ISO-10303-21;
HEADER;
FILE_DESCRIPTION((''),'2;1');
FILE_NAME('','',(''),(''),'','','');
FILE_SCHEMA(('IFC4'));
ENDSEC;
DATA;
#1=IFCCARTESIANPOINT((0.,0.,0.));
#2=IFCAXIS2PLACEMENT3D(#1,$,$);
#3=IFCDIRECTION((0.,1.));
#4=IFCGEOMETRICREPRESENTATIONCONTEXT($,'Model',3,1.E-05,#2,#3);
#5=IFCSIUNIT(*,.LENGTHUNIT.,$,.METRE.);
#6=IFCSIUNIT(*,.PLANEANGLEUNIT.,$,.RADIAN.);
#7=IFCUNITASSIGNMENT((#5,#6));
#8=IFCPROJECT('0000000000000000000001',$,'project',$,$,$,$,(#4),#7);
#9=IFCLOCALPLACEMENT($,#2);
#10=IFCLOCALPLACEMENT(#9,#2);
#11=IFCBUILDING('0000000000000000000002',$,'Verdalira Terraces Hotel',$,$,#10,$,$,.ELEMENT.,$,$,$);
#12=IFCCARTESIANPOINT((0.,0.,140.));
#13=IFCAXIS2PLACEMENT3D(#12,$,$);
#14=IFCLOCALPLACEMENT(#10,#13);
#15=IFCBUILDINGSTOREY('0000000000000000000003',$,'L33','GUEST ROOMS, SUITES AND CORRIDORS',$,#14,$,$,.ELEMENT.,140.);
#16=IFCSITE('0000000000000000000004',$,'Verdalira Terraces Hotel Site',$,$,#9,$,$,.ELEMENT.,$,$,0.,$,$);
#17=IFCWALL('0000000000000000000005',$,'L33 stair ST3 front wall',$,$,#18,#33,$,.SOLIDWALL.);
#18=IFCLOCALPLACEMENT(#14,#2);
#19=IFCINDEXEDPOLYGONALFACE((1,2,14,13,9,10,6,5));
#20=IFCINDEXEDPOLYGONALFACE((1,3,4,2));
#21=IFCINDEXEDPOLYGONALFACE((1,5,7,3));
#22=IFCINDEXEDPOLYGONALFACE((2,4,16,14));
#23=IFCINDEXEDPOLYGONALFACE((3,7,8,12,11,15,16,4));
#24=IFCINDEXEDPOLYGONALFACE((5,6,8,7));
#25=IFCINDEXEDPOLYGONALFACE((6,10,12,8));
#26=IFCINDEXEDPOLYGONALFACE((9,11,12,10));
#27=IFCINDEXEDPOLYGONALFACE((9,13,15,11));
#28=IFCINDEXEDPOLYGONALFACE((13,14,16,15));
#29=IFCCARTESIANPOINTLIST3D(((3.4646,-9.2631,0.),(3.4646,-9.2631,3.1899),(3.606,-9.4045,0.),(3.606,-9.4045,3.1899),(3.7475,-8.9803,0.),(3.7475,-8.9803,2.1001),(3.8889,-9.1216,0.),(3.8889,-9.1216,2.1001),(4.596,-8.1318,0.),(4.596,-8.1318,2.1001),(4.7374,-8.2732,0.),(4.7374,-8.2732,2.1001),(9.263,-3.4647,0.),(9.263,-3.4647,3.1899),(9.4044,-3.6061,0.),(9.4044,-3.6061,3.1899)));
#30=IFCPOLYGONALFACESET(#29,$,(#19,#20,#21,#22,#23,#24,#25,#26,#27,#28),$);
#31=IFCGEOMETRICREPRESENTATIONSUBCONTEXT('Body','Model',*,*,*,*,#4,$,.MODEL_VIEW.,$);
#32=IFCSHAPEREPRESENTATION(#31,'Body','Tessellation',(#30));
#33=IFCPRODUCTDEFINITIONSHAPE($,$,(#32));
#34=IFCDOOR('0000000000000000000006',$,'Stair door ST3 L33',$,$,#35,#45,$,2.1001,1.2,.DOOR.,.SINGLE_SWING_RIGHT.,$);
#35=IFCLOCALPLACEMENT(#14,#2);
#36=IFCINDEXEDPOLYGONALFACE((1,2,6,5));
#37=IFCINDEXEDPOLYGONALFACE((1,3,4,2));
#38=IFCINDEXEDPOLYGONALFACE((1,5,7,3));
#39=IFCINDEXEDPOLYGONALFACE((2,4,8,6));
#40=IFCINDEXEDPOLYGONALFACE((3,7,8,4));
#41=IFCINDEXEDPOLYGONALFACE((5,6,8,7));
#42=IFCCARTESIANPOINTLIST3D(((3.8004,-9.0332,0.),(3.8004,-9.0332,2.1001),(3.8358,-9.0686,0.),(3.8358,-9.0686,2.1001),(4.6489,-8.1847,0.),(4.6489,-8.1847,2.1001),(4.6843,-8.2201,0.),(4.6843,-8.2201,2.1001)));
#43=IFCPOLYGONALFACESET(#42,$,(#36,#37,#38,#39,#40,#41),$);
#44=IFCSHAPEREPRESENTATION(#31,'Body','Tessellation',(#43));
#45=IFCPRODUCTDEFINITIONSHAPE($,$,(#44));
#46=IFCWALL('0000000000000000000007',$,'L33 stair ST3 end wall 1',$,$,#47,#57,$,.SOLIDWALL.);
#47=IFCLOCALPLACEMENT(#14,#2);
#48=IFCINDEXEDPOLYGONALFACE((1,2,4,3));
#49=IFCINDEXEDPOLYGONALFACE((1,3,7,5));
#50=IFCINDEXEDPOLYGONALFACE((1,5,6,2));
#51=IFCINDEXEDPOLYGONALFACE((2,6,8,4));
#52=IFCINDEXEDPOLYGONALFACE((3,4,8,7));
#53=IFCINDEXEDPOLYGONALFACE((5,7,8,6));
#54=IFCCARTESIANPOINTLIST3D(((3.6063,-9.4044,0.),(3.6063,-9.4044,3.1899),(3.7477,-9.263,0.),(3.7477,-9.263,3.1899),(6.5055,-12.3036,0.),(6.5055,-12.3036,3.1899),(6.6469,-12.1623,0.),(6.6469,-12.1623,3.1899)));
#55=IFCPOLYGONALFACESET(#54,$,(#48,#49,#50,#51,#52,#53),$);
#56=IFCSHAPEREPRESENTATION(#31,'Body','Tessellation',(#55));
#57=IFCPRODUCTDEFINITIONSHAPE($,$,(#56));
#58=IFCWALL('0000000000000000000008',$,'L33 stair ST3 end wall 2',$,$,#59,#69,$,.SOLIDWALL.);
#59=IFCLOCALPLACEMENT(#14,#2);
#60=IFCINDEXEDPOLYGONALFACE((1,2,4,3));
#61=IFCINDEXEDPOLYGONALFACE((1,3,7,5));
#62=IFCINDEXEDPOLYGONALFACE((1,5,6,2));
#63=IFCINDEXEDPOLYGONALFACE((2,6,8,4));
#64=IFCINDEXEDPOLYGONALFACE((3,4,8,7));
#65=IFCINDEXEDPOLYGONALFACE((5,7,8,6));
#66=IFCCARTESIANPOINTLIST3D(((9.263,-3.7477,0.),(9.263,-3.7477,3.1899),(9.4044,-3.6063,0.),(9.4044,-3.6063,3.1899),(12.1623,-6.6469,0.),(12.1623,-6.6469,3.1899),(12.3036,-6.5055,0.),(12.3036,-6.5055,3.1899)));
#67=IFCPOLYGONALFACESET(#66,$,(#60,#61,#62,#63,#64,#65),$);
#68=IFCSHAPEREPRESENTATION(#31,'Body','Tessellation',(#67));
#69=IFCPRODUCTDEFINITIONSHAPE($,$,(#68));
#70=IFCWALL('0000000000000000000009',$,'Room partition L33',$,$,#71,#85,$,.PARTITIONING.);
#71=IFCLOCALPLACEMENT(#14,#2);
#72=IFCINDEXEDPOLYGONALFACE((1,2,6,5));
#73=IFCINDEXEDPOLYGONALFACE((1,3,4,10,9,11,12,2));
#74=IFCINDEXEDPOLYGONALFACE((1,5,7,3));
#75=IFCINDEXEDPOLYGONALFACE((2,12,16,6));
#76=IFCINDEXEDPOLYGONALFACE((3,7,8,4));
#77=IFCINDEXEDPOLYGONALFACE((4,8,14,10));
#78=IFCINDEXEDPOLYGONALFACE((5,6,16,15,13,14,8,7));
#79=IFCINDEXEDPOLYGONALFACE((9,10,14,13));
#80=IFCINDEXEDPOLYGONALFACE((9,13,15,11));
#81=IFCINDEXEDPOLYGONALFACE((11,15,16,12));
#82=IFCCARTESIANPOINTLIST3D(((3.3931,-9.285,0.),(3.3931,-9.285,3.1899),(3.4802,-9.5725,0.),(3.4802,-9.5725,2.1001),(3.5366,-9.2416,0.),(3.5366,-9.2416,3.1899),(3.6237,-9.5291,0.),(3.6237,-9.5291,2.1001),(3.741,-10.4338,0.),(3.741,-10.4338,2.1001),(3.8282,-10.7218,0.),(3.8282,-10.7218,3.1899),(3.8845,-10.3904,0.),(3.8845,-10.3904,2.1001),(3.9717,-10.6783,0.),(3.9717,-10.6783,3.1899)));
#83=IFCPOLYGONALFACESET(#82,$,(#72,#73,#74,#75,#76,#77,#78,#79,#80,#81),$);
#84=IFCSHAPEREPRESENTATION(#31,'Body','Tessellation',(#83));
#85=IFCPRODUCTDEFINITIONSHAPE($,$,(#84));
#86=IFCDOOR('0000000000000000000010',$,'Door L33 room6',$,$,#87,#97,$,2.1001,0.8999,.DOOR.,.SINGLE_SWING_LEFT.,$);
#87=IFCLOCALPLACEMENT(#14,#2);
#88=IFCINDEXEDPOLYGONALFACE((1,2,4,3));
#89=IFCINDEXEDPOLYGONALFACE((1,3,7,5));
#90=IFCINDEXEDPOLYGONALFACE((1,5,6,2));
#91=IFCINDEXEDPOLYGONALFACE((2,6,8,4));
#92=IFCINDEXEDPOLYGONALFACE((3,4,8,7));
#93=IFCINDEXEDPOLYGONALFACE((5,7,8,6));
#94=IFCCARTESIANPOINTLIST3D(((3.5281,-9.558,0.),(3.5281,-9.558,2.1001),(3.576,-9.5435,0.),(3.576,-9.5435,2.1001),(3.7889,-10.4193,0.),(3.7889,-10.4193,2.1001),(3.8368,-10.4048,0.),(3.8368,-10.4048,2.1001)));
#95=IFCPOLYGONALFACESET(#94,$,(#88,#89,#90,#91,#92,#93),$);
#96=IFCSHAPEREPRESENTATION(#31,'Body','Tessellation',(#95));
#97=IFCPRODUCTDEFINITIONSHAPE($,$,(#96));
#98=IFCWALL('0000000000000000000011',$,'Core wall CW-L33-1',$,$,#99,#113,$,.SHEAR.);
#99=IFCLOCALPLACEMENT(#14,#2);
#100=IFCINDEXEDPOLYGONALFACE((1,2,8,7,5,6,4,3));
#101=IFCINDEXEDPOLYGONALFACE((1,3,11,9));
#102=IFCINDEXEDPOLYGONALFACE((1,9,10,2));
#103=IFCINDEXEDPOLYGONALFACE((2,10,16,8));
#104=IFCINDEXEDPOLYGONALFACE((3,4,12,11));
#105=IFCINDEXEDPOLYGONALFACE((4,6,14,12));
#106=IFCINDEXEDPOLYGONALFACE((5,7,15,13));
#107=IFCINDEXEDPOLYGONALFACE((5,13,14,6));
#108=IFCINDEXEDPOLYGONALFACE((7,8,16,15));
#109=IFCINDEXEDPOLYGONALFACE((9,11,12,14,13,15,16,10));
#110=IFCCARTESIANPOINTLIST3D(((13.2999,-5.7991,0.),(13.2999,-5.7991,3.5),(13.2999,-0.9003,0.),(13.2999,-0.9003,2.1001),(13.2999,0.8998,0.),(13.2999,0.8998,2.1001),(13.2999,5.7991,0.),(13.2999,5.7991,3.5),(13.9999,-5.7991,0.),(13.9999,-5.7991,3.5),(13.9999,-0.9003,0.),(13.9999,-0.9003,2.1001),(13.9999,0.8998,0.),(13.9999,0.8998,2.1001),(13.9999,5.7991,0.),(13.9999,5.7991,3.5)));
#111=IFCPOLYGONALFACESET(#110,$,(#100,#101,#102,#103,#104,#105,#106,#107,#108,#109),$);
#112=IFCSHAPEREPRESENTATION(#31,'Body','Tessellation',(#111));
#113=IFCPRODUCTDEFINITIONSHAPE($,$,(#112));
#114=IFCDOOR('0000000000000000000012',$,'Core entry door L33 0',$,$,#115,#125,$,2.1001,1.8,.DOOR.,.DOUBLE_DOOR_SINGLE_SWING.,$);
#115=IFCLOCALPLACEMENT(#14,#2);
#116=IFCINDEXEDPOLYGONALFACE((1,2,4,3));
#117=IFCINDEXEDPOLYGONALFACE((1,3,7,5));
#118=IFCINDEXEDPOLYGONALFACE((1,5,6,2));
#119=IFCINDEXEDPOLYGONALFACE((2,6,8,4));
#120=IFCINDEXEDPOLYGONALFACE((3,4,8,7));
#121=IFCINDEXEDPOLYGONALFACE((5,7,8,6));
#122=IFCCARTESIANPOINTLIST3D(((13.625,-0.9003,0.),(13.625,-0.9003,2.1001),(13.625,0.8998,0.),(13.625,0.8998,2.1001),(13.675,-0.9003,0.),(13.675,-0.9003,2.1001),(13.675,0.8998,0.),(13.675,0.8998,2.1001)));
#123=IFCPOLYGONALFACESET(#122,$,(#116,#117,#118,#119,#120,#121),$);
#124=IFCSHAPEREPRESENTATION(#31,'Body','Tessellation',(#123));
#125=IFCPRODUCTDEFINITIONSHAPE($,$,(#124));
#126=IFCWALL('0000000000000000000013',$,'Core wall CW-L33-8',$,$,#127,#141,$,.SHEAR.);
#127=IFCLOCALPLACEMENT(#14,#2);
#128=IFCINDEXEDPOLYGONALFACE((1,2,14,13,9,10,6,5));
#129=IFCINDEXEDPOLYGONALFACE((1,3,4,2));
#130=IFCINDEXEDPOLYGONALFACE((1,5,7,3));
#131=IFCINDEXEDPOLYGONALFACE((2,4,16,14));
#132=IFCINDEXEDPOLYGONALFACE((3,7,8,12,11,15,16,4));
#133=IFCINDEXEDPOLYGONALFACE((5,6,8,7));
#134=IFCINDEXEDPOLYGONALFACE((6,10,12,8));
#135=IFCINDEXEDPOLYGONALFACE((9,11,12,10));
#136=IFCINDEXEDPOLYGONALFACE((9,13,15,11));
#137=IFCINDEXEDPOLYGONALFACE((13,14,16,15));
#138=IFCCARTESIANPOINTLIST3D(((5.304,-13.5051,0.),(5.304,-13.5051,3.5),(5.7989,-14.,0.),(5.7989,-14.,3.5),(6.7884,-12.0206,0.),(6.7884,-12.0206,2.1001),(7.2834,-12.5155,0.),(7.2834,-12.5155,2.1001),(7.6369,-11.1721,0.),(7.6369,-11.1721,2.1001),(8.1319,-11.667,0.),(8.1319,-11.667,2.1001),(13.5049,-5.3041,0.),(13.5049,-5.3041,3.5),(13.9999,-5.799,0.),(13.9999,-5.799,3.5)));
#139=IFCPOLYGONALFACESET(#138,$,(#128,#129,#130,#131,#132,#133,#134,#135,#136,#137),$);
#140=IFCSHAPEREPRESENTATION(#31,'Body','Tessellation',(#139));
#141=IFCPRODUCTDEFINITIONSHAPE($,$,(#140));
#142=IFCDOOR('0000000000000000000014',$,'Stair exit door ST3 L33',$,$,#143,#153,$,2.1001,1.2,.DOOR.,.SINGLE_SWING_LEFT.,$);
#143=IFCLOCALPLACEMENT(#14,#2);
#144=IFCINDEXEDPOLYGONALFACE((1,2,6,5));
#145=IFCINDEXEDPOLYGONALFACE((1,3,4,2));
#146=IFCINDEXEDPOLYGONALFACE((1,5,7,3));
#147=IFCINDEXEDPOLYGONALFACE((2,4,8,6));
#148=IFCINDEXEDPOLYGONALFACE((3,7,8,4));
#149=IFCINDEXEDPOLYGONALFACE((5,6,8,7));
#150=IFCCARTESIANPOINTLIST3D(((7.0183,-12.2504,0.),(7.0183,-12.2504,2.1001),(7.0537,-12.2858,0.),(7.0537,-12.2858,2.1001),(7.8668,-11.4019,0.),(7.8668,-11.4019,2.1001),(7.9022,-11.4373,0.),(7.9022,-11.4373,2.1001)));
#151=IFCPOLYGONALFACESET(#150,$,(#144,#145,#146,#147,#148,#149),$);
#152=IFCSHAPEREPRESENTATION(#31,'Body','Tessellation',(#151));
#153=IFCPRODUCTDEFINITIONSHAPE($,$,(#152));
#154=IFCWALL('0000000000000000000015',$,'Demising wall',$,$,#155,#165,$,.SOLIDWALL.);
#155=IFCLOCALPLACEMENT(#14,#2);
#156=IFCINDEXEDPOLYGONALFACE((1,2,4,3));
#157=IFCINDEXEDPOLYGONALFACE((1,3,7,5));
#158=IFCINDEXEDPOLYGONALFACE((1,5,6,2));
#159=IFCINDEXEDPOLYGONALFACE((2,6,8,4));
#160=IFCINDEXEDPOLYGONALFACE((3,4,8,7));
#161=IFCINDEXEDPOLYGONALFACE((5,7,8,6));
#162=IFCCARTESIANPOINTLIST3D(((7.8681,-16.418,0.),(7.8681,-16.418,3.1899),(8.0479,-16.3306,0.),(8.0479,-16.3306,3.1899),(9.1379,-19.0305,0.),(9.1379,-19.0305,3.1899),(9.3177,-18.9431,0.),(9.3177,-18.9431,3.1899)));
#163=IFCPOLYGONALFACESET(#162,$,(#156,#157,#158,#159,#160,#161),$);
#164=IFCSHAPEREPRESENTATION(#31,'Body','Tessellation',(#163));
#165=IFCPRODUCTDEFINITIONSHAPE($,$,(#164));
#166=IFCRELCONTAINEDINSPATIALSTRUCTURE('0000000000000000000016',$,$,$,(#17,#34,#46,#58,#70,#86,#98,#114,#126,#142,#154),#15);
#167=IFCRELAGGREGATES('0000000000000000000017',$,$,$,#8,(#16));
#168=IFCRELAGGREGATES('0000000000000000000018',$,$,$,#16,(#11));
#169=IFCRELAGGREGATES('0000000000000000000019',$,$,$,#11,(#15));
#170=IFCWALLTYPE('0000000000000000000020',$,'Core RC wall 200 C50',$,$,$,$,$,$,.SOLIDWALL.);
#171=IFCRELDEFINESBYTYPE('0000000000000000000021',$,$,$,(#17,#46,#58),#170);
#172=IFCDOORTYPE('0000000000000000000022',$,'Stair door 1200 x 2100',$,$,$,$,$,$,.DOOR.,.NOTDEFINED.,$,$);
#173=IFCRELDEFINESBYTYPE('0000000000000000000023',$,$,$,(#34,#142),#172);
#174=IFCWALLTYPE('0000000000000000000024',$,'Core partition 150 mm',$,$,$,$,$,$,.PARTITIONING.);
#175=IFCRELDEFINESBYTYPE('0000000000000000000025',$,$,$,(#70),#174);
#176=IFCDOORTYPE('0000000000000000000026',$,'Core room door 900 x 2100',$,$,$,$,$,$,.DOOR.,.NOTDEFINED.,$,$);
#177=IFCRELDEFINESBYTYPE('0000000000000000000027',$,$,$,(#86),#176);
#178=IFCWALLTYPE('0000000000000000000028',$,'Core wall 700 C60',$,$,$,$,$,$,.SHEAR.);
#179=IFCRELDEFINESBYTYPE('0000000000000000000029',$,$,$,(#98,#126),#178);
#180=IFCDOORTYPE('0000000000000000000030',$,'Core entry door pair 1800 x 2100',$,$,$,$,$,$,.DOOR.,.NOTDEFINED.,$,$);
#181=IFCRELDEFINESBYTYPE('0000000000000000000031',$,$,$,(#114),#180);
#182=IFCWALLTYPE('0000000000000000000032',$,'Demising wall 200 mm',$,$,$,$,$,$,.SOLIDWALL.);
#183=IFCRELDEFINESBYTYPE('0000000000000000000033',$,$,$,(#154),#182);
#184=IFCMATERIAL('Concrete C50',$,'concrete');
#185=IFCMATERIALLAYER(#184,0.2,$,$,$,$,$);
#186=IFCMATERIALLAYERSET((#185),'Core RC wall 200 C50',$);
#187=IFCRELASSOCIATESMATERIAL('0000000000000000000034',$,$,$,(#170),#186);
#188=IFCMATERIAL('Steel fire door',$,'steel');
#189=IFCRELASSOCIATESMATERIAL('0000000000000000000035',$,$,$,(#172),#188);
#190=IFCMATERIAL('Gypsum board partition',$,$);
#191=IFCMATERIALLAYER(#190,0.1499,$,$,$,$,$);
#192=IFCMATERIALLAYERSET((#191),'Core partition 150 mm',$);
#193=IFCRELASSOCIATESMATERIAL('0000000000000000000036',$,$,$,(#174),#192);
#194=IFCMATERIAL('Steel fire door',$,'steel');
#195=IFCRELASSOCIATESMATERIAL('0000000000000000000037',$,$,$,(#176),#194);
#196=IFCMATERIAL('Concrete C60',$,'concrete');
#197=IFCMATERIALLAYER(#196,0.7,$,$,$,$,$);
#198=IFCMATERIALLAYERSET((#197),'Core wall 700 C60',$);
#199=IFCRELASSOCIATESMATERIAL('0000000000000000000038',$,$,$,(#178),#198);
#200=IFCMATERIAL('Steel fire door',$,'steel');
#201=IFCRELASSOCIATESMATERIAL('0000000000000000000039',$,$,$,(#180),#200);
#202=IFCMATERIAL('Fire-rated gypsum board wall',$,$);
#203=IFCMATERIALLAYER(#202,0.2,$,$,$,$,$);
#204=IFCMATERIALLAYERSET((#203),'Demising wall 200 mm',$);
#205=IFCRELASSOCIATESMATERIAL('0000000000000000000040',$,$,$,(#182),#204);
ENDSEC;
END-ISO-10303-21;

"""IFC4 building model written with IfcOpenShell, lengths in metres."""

from ifc_helpers import new_model, si_unit, direction, frame, frame_2d, origin, place, context, subcontext, project, spatial, rectangle, extrude, material, layer, layer_set, type_object, element, fill, save


model = new_model("IFC4")

# Units and contexts
model_context = context("Model", 3, precision=1e-05, world=origin(), true_north=direction((0.0, 1.0)))
body_context = subcontext(model_context, "Body", "Model", "MODEL_VIEW")
ifc_project = project(units=[si_unit("LENGTHUNIT", "METRE"), si_unit("PLANEANGLEUNIT", "RADIAN")], contexts=[model_context])

# Site, building, storey
site_placement = place(None, origin())
site = spatial("IfcSite", under=ifc_project, at=site_placement, Name="Verdalira Terraces Hotel Site", CompositionType="ELEMENT", RefElevation=0.0)
building_placement = place(site_placement, origin())
building = spatial("IfcBuilding", under=site, at=building_placement, Name="Verdalira Terraces Hotel", CompositionType="ELEMENT")
storey_placement = place(building_placement, frame((0.0, 0.0, 140.0)))
storey = spatial("IfcBuildingStorey", under=building, at=storey_placement, Name="L33", Description="GUEST ROOMS, SUITES AND CORRIDORS", CompositionType="ELEMENT", Elevation=140.0)

# Shared definitions
ifc_material_1 = material(Name="Concrete C50", Category="concrete")
ifc_layer_1 = layer(ifc_material_1, 0.2)
ifc_layer_set_1 = layer_set([ifc_layer_1], Name="Core RC wall 200 C50")
wall_type_1 = type_object("IfcWallType", Name="Core RC wall 200 C50", PredefinedType="SOLIDWALL", material=ifc_layer_set_1)

# Wall, opening, door
wall_1_placement = place(storey_placement, frame((9.3337, -3.5354, 0.0), z_axis=(0.0, 0.0, 1.0), x_axis=(-0.707107, -0.707107, 0.0)))
wall_1 = element("IfcWall", 1, at=wall_1_placement, inside=storey, type_object=wall_type_1, Name="L33 stair ST3 front wall", PredefinedType="SOLIDWALL", context=body_context, shape_type="SweptSolid", body=[
    extrude(rectangle(XDim=8.2002, YDim=0.2, at=frame_2d((4.1001, 0.0))), origin(), (0.0, 0.0, 1.0), 3.1899),
])
opening_1_placement = place(wall_1_placement, frame((6.6001, 0.0, 0.0)))
opening_1 = element("IfcOpeningElement", 2, at=opening_1_placement, cuts=wall_1, PredefinedType="OPENING", context=body_context, shape_type="SweptSolid", body=[
    extrude(rectangle(XDim=1.2, YDim=2.1001, at=frame_2d((0.6001, 1.05))), frame((0.0, 0.1099, 0.0), z_axis=(0.0, -1.0, 0.0), x_axis=(1.0, 0.0, 0.0)), (0.0, 0.0, 1.0), 0.22),
])
ifc_material_2 = material(Name="Steel fire door", Category="steel")
door_type_1 = type_object("IfcDoorType", Name="Stair door 1200 x 2100", OperationType="NOTDEFINED", PredefinedType="DOOR", material=ifc_material_2)
door_1_placement = place(opening_1_placement, origin())
door_1 = element("IfcDoor", 3, at=door_1_placement, inside=storey, type_object=door_type_1, Name="Stair door ST3 L33", OperationType="SINGLE_SWING_RIGHT", OverallHeight=2.1001, OverallWidth=1.2, PredefinedType="DOOR", context=body_context, shape_type="SweptSolid", body=[
    extrude(rectangle(XDim=1.2, YDim=2.1001, at=frame_2d((0.6001, 1.05))), frame((0.0, 0.0249, 0.0), z_axis=(0.0, -1.0, 0.0), x_axis=(1.0, 0.0, 0.0)), (0.0, 0.0, 1.0), 0.05),
])
fill(opening_1, door_1)

# Walls
for number, where, z_axis, x_axis, name in (
    (4, (3.677, -9.3337, 0.0), (0.0, 0.0, 1.0), (0.707107, -0.707107, 0.0), "L33 stair ST3 end wall 1"),
    (5, (9.3337, -3.677, 0.0), (0.0, 0.0, 1.0), (0.707107, -0.707107, 0.0), "L33 stair ST3 end wall 2"),
):
    element("IfcWall", number, at=place(storey_placement, frame(where, z_axis=z_axis, x_axis=x_axis)), inside=storey, type_object=wall_type_1, Name=name, PredefinedType="SOLIDWALL", context=body_context, shape_type="SweptSolid", body=[
        extrude(rectangle(XDim=4.1001, YDim=0.2, at=frame_2d((2.05, 0.0))), origin(), (0.0, 0.0, 1.0), 3.1899),
    ])

# Walls, openings, doors
ifc_material_3 = material(Name="Gypsum board partition")
ifc_layer_2 = layer(ifc_material_3, 0.1499)
ifc_layer_set_2 = layer_set([ifc_layer_2], Name="Core partition 150 mm")
wall_type_2 = type_object("IfcWallType", Name="Core partition 150 mm", PredefinedType="PARTITIONING", material=ifc_layer_set_2)
wall_2_placement = place(storey_placement, frame((3.8999, -10.7, 0.0), z_axis=(0.0, 0.0, 1.0), x_axis=(-0.289809, 0.957085, 0.0)))
wall_2 = element("IfcWall", 6, at=wall_2_placement, inside=storey, type_object=wall_type_2, Name="Room partition L33", PredefinedType="PARTITIONING", context=body_context, shape_type="SweptSolid", body=[
    extrude(rectangle(XDim=1.5012, YDim=0.1499, at=frame_2d((0.7505, 0.0))), origin(), (0.0, 0.0, 1.0), 3.1899),
])
opening_2_placement = place(wall_2_placement, frame((0.3008, 0.0, 0.0)))
opening_2 = element("IfcOpeningElement", 7, at=opening_2_placement, cuts=wall_2, PredefinedType="OPENING", context=body_context, shape_type="SweptSolid", body=[
    extrude(rectangle(XDim=0.8999, YDim=2.1001, at=frame_2d((0.45, 1.05))), frame((0.0, 0.085, 0.0), z_axis=(0.0, -1.0, 0.0), x_axis=(1.0, 0.0, 0.0)), (0.0, 0.0, 1.0), 0.1699),
])
ifc_material_4 = material(Name="Steel fire door", Category="steel")
door_type_2 = type_object("IfcDoorType", Name="Core room door 900 x 2100", OperationType="NOTDEFINED", PredefinedType="DOOR", material=ifc_material_4)
door_2_placement = place(opening_2_placement, origin())
door_2 = element("IfcDoor", 8, at=door_2_placement, inside=storey, type_object=door_type_2, Name="Door L33 room6", OperationType="SINGLE_SWING_LEFT", OverallHeight=2.1001, OverallWidth=0.8999, PredefinedType="DOOR", context=body_context, shape_type="SweptSolid", body=[
    extrude(rectangle(XDim=0.8999, YDim=2.1001, at=frame_2d((0.45, 1.05))), frame((0.0, 0.0249, 0.0), z_axis=(0.0, -1.0, 0.0), x_axis=(1.0, 0.0, 0.0)), (0.0, 0.0, 1.0), 0.05),
])
fill(opening_2, door_2)
ifc_material_5 = material(Name="Concrete C60", Category="concrete")
ifc_layer_3 = layer(ifc_material_5, 0.7)
ifc_layer_set_3 = layer_set([ifc_layer_3], Name="Core wall 700 C60")
wall_type_3 = type_object("IfcWallType", Name="Core wall 700 C60", PredefinedType="SHEAR", material=ifc_layer_set_3)
wall_3_placement = place(storey_placement, frame((13.6499, -5.7991, 0.0), z_axis=(0.0, 0.0, 1.0), x_axis=(0.0, 1.0, 0.0)))
wall_3 = element("IfcWall", 9, at=wall_3_placement, inside=storey, type_object=wall_type_3, Name="Core wall CW-L33-1", PredefinedType="SHEAR", context=body_context, shape_type="SweptSolid", body=[
    extrude(rectangle(XDim=11.5981, YDim=0.7, at=frame_2d((5.7991, 0.0))), origin(), (0.0, 0.0, 1.0), 3.5),
])
opening_3_placement = place(wall_3_placement, frame((4.8989, 0.0, 0.0)))
opening_3 = element("IfcOpeningElement", 10, at=opening_3_placement, cuts=wall_3, PredefinedType="OPENING", context=body_context, shape_type="SweptSolid", body=[
    extrude(rectangle(XDim=1.8, YDim=2.1001, at=frame_2d((0.8999, 1.05))), frame((0.0, 0.3599, 0.0), z_axis=(0.0, -1.0, 0.0), x_axis=(1.0, 0.0, 0.0)), (0.0, 0.0, 1.0), 0.72),
])
ifc_material_6 = material(Name="Steel fire door", Category="steel")
door_type_3 = type_object("IfcDoorType", Name="Core entry door pair 1800 x 2100", OperationType="NOTDEFINED", PredefinedType="DOOR", material=ifc_material_6)
door_3_placement = place(opening_3_placement, origin())
door_3 = element("IfcDoor", 11, at=door_3_placement, inside=storey, type_object=door_type_3, Name="Core entry door L33 0", OperationType="DOUBLE_DOOR_SINGLE_SWING", OverallHeight=2.1001, OverallWidth=1.8, PredefinedType="DOOR", context=body_context, shape_type="SweptSolid", body=[
    extrude(rectangle(XDim=1.8, YDim=2.1001, at=frame_2d((0.8999, 1.05))), frame((0.0, 0.0249, 0.0), z_axis=(0.0, -1.0, 0.0), x_axis=(1.0, 0.0, 0.0)), (0.0, 0.0, 1.0), 0.05),
])
fill(opening_3, door_3)
wall_4_placement = place(storey_placement, frame((5.5515, -13.7524, 0.0), z_axis=(0.0, 0.0, 1.0), x_axis=(0.707107, 0.707107, 0.0)))
wall_4 = element("IfcWall", 12, at=wall_4_placement, inside=storey, type_object=wall_type_3, Name="Core wall CW-L33-8", PredefinedType="SHEAR", context=body_context, shape_type="SweptSolid", body=[
    extrude(rectangle(XDim=11.5979, YDim=0.7, at=frame_2d((5.7988, 0.0))), origin(), (0.0, 0.0, 1.0), 3.5),
])
opening_4_placement = place(wall_4_placement, frame((2.0991, 0.0, 0.0)))
opening_4 = element("IfcOpeningElement", 13, at=opening_4_placement, cuts=wall_4, PredefinedType="OPENING", context=body_context, shape_type="SweptSolid", body=[
    extrude(rectangle(XDim=1.2, YDim=2.1001, at=frame_2d((0.6001, 1.05))), frame((0.0, 0.3599, 0.0), z_axis=(0.0, -1.0, 0.0), x_axis=(1.0, 0.0, 0.0)), (0.0, 0.0, 1.0), 0.72),
])
door_4_placement = place(opening_4_placement, origin())
door_4 = element("IfcDoor", 14, at=door_4_placement, inside=storey, type_object=door_type_1, Name="Stair exit door ST3 L33", OperationType="SINGLE_SWING_LEFT", OverallHeight=2.1001, OverallWidth=1.2, PredefinedType="DOOR", context=body_context, shape_type="SweptSolid", body=[
    extrude(rectangle(XDim=1.2, YDim=2.1001, at=frame_2d((0.6001, 1.05))), frame((0.0, 0.0249, 0.0), z_axis=(0.0, -1.0, 0.0), x_axis=(1.0, 0.0, 0.0)), (0.0, 0.0, 1.0), 0.05),
])
fill(opening_4, door_4)

# Wall
ifc_material_7 = material(Name="Fire-rated gypsum board wall")
ifc_layer_4 = layer(ifc_material_7, 0.2)
ifc_layer_set_4 = layer_set([ifc_layer_4], Name="Demising wall 200 mm")
wall_type_4 = type_object("IfcWallType", Name="Demising wall 200 mm", PredefinedType="SOLIDWALL", material=ifc_layer_set_4)
wall_5_placement = place(storey_placement, frame((7.958, -16.3743, 0.0), z_axis=(0.0, 0.0, 1.0), x_axis=(0.437133, -0.899397, 0.0)))
element("IfcWall", 15, at=wall_5_placement, inside=storey, type_object=wall_type_4, Name="Demising wall", PredefinedType="SOLIDWALL", context=body_context, shape_type="SweptSolid", body=[
    extrude(rectangle(XDim=2.9048, YDim=0.2, at=frame_2d((1.4524, 0.0))), origin(), (0.0, 0.0, 1.0), 3.1899),
])

save(model, "model.ifc")
